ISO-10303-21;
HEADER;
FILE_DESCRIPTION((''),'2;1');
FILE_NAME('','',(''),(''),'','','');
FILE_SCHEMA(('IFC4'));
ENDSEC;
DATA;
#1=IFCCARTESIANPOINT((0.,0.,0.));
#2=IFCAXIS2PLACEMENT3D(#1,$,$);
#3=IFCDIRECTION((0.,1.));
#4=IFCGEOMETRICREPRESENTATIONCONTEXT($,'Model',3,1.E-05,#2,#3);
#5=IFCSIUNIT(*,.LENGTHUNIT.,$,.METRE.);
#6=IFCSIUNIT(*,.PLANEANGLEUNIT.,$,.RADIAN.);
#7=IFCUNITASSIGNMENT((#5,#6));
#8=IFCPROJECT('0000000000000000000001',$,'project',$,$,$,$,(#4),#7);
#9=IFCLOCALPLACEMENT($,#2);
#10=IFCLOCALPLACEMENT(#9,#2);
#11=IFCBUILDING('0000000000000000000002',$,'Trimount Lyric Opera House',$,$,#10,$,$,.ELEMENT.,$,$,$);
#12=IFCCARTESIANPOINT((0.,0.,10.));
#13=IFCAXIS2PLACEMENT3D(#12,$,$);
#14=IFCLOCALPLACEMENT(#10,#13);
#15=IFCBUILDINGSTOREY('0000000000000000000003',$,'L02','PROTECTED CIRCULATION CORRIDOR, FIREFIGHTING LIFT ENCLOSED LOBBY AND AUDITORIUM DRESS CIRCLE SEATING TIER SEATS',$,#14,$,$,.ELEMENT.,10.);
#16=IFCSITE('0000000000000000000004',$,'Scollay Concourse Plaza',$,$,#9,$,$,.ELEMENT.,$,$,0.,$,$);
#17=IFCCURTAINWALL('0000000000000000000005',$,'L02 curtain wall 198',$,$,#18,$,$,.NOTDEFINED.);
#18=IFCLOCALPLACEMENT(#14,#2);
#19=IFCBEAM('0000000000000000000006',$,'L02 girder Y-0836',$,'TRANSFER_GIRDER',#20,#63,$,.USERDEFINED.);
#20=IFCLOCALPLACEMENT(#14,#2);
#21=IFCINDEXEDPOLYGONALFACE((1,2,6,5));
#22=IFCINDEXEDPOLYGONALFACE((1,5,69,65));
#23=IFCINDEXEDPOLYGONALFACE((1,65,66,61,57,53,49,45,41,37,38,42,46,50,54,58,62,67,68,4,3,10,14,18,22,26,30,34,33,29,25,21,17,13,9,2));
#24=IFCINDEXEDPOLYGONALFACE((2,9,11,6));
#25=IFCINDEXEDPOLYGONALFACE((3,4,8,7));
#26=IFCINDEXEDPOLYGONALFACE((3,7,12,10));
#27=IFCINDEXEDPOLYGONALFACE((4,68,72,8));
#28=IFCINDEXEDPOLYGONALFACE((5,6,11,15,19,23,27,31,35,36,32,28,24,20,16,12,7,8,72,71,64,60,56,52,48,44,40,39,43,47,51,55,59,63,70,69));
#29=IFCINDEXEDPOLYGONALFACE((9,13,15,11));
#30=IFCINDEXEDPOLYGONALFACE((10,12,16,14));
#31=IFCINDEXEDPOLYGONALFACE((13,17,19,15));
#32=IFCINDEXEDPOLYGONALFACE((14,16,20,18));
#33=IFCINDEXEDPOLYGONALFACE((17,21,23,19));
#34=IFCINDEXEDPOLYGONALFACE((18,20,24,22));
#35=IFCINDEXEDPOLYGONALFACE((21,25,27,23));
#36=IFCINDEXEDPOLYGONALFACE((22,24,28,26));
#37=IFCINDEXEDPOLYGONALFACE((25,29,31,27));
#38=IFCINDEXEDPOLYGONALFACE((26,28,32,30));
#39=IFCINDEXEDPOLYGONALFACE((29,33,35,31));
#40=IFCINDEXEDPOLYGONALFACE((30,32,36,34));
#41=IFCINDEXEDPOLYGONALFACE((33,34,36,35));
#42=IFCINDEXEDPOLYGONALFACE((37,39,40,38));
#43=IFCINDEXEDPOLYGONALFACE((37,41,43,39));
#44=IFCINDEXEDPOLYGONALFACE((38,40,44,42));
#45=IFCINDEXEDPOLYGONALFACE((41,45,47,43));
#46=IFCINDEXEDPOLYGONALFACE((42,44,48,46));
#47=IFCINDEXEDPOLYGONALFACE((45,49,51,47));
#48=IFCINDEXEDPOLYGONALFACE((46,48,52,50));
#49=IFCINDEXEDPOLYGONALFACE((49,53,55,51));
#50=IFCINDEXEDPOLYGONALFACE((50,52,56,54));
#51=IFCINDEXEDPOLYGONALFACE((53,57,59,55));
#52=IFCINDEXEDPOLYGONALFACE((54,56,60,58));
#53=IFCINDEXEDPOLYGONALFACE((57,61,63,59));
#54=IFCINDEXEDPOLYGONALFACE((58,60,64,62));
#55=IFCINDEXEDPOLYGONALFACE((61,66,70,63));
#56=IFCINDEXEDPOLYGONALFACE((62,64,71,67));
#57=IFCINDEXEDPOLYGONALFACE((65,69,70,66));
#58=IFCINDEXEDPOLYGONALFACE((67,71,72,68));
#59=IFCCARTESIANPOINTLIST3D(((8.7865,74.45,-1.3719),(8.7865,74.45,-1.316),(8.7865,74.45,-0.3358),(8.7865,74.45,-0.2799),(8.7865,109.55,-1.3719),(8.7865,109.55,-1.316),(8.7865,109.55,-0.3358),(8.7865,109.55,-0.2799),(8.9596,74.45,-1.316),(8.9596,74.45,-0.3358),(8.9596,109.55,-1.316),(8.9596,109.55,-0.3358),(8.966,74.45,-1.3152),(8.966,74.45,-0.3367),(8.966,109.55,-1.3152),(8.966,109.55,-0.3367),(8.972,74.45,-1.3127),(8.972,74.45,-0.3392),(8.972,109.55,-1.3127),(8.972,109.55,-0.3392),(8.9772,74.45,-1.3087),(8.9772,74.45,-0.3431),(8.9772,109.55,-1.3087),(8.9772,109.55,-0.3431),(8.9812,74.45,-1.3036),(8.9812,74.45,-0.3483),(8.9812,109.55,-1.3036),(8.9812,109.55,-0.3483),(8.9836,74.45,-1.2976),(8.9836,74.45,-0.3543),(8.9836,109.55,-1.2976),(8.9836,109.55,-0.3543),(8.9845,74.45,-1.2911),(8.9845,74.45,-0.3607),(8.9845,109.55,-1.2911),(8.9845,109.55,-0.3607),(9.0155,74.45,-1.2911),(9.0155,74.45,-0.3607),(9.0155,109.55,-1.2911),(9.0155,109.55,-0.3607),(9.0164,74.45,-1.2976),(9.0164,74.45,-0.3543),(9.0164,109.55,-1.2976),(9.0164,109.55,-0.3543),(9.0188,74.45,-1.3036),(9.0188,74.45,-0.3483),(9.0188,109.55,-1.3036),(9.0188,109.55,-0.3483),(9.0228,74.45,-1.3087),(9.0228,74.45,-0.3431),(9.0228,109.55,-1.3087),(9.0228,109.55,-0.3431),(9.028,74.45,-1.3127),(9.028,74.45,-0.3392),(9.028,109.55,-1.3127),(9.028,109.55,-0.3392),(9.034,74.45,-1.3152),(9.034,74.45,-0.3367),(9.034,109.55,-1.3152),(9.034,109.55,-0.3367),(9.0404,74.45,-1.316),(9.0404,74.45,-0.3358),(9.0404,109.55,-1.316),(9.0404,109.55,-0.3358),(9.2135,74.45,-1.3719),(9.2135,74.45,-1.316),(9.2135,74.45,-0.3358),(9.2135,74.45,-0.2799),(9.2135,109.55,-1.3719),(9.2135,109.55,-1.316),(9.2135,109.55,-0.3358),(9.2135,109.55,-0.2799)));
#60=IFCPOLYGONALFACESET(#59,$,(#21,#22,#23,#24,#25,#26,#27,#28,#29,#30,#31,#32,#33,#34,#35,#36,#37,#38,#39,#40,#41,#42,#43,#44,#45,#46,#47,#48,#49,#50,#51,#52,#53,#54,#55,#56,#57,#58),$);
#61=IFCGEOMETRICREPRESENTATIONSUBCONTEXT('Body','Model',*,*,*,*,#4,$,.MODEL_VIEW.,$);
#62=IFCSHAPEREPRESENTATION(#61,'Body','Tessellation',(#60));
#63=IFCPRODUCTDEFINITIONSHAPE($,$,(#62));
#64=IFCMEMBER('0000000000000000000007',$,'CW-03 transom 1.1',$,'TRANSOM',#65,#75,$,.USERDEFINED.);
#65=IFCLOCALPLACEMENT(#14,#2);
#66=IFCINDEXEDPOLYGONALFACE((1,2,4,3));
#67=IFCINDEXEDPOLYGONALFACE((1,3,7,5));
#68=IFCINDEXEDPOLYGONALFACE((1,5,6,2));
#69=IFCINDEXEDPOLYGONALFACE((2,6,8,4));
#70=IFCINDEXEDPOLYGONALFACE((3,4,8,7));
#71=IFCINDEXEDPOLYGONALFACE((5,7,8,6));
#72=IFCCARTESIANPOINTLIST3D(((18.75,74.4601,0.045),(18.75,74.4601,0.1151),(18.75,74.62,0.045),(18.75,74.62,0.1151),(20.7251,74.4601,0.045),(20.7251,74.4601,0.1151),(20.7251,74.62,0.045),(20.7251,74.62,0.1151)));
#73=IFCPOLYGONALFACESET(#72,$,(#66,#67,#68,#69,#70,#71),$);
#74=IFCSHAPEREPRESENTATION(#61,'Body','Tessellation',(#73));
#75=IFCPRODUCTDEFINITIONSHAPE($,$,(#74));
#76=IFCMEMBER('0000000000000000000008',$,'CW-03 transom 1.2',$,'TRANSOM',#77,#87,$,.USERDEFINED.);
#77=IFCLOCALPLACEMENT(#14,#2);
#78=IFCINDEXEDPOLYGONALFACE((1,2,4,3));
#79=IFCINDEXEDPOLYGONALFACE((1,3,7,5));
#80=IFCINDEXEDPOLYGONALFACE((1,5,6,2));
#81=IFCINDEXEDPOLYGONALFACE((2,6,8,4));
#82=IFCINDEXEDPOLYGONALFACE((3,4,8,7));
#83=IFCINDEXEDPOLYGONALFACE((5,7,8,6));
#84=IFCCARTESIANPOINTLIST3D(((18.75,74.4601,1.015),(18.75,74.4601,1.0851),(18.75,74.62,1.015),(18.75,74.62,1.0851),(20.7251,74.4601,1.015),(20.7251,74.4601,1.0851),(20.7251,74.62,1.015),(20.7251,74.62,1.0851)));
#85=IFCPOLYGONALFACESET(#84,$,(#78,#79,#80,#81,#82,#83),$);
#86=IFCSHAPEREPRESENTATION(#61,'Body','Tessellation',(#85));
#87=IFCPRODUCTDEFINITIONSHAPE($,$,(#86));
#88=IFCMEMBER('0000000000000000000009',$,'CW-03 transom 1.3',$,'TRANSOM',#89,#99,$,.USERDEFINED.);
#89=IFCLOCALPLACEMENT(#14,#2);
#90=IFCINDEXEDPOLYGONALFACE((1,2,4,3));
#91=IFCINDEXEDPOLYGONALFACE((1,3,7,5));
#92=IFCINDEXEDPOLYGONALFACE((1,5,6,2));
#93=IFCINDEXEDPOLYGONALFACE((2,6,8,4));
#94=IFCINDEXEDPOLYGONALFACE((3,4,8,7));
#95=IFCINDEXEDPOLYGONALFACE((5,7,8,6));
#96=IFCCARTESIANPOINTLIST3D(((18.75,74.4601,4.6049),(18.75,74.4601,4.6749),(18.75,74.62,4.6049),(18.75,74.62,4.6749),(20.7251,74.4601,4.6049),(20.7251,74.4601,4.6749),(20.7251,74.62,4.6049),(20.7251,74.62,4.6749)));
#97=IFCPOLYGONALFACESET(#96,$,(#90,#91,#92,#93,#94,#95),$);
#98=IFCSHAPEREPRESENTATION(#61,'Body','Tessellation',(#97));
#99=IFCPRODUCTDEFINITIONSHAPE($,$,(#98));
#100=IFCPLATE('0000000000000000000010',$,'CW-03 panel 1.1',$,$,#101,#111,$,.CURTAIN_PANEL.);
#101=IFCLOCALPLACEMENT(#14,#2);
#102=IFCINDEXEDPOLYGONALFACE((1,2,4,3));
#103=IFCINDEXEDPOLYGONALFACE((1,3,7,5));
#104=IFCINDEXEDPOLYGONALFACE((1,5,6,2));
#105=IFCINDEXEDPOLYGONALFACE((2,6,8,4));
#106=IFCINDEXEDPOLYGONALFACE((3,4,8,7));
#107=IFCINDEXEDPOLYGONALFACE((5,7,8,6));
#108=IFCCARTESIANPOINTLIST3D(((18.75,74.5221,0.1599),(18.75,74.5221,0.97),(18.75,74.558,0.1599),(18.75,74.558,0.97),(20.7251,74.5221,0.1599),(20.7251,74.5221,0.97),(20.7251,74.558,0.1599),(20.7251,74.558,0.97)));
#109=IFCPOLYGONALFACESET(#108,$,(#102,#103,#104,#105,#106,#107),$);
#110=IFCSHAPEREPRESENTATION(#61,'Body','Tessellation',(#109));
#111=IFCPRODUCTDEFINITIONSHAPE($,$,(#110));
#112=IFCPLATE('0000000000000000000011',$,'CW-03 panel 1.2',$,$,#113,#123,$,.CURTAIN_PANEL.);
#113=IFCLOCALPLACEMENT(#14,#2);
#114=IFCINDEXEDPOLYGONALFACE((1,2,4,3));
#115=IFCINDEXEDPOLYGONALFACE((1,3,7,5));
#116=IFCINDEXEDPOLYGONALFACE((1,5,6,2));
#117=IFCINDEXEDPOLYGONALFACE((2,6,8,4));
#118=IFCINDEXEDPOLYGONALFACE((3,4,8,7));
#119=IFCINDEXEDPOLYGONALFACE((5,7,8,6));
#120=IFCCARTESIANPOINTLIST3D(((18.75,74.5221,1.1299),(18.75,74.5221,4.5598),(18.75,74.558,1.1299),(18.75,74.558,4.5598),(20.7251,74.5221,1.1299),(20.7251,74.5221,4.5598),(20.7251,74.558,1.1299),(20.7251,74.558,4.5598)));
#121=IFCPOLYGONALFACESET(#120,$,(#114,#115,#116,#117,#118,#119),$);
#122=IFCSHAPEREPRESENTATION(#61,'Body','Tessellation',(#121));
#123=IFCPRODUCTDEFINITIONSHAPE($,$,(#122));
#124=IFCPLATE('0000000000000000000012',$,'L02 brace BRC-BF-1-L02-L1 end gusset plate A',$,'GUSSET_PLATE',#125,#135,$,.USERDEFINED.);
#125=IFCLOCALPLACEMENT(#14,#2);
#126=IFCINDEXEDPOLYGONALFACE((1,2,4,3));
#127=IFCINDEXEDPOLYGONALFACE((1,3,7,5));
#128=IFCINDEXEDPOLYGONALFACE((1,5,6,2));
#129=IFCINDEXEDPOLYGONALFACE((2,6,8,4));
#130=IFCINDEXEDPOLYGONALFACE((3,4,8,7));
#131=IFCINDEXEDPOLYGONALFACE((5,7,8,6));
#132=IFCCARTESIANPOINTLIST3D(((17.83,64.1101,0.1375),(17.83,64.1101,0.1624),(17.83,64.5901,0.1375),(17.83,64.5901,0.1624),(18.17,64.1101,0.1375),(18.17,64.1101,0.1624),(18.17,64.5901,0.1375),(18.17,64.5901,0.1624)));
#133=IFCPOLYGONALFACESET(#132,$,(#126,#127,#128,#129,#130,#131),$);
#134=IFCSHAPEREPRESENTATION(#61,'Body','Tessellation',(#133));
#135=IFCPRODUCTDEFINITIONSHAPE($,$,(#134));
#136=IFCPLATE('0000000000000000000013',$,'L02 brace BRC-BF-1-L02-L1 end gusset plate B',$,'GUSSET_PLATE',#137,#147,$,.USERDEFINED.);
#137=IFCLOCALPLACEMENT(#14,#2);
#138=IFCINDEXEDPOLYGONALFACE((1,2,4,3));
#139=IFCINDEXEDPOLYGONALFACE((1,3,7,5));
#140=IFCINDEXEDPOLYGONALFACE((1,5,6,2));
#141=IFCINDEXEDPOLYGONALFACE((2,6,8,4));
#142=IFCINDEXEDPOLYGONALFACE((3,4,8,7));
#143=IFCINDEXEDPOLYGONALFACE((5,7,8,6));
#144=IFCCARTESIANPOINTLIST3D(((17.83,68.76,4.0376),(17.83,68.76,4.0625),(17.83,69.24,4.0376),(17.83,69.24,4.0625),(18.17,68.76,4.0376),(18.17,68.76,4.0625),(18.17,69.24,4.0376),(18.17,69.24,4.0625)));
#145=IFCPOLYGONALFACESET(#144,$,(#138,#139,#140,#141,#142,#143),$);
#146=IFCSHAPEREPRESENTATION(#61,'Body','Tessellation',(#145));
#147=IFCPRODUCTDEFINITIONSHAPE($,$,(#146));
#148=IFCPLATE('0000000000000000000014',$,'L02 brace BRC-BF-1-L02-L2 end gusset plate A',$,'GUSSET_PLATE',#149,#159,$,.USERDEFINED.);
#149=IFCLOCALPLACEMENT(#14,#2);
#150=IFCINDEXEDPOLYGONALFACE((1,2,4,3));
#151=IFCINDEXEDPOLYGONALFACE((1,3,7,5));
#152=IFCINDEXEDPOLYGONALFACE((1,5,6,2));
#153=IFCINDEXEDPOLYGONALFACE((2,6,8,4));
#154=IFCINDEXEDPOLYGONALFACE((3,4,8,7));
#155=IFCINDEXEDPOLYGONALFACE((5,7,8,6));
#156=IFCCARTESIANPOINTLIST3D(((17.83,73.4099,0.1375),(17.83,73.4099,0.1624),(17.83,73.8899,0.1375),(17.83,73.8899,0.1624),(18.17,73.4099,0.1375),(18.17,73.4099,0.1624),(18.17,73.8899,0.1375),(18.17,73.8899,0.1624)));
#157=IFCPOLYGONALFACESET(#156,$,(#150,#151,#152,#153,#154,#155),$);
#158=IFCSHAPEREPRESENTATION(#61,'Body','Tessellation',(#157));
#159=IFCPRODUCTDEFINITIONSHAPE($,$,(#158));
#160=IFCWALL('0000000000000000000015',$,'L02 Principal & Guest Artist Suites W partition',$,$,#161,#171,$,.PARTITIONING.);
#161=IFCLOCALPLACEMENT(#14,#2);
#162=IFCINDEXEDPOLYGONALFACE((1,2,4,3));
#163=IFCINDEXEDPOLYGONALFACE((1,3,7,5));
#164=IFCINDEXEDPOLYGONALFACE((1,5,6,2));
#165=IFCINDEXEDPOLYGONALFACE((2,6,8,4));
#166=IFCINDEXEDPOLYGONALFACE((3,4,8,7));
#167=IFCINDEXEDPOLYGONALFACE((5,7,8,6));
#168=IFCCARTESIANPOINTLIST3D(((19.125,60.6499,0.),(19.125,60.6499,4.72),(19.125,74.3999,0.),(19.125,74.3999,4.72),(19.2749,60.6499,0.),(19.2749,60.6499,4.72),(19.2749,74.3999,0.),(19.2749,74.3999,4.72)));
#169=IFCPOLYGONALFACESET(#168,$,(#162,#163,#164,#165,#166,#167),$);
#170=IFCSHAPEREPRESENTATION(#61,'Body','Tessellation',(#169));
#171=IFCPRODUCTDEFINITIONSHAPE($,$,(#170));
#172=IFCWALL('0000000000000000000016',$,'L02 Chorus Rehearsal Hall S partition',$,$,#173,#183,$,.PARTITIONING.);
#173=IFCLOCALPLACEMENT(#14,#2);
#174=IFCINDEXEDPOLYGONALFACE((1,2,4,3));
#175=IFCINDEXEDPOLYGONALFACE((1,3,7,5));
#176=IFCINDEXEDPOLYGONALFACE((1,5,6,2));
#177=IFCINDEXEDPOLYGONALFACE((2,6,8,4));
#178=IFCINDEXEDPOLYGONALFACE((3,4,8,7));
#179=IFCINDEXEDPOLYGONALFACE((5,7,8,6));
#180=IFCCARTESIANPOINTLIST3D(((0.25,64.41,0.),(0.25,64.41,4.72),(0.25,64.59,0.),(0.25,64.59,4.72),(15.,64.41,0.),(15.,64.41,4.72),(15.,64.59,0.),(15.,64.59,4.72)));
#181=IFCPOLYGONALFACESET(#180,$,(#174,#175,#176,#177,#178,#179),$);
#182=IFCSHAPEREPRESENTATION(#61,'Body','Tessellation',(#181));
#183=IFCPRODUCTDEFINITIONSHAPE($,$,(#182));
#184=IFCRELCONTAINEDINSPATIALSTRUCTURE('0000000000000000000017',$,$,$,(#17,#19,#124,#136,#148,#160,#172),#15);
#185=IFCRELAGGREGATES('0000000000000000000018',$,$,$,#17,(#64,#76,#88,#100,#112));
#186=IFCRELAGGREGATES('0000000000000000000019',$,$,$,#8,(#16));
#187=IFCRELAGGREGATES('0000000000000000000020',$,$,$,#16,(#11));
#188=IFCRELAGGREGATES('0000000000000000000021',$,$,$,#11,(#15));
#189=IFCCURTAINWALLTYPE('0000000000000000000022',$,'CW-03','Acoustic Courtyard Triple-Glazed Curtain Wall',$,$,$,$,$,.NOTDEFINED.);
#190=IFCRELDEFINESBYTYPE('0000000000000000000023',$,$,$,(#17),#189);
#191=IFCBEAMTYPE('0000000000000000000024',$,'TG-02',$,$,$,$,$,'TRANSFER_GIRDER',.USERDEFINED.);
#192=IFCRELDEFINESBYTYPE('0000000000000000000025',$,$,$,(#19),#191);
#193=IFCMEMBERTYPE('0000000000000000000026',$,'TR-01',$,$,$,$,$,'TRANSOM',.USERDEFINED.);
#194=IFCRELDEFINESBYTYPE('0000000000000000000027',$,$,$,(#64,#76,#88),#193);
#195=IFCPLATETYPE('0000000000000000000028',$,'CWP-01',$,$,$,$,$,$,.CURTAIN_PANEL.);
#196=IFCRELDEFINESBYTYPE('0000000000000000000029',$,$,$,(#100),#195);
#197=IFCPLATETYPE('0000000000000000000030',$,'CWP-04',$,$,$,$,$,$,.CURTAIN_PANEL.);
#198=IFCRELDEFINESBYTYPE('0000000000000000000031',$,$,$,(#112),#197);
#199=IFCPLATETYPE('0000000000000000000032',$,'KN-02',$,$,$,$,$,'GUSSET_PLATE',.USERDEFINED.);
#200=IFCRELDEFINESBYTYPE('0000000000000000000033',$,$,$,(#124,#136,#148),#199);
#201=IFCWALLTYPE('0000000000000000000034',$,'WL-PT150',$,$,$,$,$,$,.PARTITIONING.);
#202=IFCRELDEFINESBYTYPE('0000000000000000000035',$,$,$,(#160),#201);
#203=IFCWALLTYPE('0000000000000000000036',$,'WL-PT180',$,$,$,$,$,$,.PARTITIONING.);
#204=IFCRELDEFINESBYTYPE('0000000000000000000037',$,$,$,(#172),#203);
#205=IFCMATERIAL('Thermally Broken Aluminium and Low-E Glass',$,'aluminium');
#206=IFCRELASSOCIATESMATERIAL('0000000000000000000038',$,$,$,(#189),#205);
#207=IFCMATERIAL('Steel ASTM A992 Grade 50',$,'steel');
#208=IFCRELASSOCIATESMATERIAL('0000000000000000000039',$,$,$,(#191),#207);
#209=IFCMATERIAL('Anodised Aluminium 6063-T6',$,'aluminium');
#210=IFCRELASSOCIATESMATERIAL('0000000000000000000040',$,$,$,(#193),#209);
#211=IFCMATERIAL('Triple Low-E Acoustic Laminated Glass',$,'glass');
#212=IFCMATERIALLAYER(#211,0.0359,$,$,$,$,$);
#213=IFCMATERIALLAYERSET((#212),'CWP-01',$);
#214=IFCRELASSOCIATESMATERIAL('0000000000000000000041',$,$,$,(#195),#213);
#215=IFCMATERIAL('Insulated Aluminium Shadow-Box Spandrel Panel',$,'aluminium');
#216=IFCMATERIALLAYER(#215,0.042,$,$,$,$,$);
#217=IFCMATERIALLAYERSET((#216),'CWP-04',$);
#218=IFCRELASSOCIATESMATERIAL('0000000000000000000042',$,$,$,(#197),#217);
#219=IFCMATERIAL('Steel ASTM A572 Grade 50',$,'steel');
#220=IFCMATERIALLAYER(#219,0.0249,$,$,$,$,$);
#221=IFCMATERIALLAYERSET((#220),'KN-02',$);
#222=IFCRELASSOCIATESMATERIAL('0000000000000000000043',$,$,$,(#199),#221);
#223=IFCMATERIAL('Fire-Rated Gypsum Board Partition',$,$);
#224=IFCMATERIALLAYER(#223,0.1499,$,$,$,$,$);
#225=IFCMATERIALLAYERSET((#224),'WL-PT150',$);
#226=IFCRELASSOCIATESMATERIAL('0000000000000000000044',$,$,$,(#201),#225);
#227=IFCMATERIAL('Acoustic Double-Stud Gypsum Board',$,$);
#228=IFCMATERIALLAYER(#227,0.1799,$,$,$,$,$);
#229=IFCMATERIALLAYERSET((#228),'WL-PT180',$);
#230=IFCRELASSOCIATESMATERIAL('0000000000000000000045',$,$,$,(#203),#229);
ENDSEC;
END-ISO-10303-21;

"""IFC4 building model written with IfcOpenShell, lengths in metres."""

from ifc_helpers import new_model, si_unit, direction, frame, frame_2d, origin, origin_2d, place, context, subcontext, project, spatial, rectangle, i_section, extrude, material, layer, layer_set, material_profile, profile_set, type_object, element, aggregate, save


model = new_model("IFC4")

# Units and contexts
model_context = context("Model", 3, precision=1e-05, world=origin(), true_north=direction((0.0, 1.0)))
body_context = subcontext(model_context, "Body", "Model", "MODEL_VIEW")
ifc_project = project(units=[si_unit("LENGTHUNIT", "METRE"), si_unit("PLANEANGLEUNIT", "RADIAN")], contexts=[model_context])

# Site, building, storey
site_placement = place(None, origin())
site = spatial("IfcSite", under=ifc_project, at=site_placement, Name="Scollay Concourse Plaza", CompositionType="ELEMENT", RefElevation=0.0)
building_placement = place(site_placement, origin())
building = spatial("IfcBuilding", under=site, at=building_placement, Name="Trimount Lyric Opera House", CompositionType="ELEMENT")
storey_placement = place(building_placement, frame((0.0, 0.0, 10.0)))
storey = spatial("IfcBuildingStorey", under=building, at=storey_placement, Name="L02", Description="PROTECTED CIRCULATION CORRIDOR, FIREFIGHTING LIFT ENCLOSED LOBBY AND AUDITORIUM DRESS CIRCLE SEATING TIER SEATS", CompositionType="ELEMENT", Elevation=10.0)

# Curtain wall
ifc_material_1 = material(Name="Thermally Broken Aluminium and Low-E Glass", Category="aluminium")
curtain_wall_type = type_object("IfcCurtainWallType", Name="CW-03", Description="Acoustic Courtyard Triple-Glazed Curtain Wall", PredefinedType="NOTDEFINED", material=ifc_material_1)
curtain_wall_placement = place(storey_placement, origin())
curtain_wall = element("IfcCurtainWall", 1, at=curtain_wall_placement, inside=storey, type_object=curtain_wall_type, Name="L02 curtain wall 198", PredefinedType="NOTDEFINED")

# Beam
ifc_material_2 = material(Name="Steel ASTM A992 Grade 50", Category="steel")
ifc_material_profile_1 = material_profile(ifc_material_2, i_section(OverallWidth=0.427, OverallDepth=1.092, WebThickness=0.031, FlangeThickness=0.0559, FilletRadius=0.0249, at=origin_2d()), Name="W40X397")
ifc_profile_set_1 = profile_set([ifc_material_profile_1], Name="Steel ASTM A992 Grade 50")
beam_type_1 = type_object("IfcBeamType", Name="TG-02", ElementType="TRANSFER_GIRDER", PredefinedType="USERDEFINED", material=ifc_profile_set_1)
beam_1_placement = place(storey_placement, frame((9.0, 74.45, -0.8259), z_axis=(0.0, 1.0, 0.0), x_axis=(-1.0, 0.0, 0.0)))
element("IfcBeam", 2, at=beam_1_placement, inside=storey, type_object=beam_type_1, Name="L02 girder Y-0836", ObjectType="TRANSFER_GIRDER", PredefinedType="USERDEFINED", context=body_context, shape_type="SweptSolid", body=[
    extrude(i_section(OverallWidth=0.427, OverallDepth=1.092, WebThickness=0.031, FlangeThickness=0.0559, FilletRadius=0.0249, at=origin_2d()), origin(), (0.0, 0.0, 1.0), 35.1001),
])

# Members
ifc_material_3 = material(Name="Anodised Aluminium 6063-T6", Category="aluminium")
ifc_material_profile_2 = material_profile(ifc_material_3, rectangle(XDim=0.1599, YDim=0.0701, at=origin_2d()), Name="ALU-TRAN-70X160")
ifc_profile_set_2 = profile_set([ifc_material_profile_2], Name="Anodised Aluminium 6063-T6")
member_type_1 = type_object("IfcMemberType", Name="TR-01", ElementType="TRANSOM", PredefinedType="USERDEFINED", material=ifc_profile_set_2)
member_1_placement = place(storey_placement, frame((18.75, 74.54, 0.0801), z_axis=(1.0, 0.0, 0.0), x_axis=(0.0, 1.0, 0.0)))
member_1 = element("IfcMember", 3, at=member_1_placement, type_object=member_type_1, Name="CW-03 transom 1.1", ObjectType="TRANSOM", PredefinedType="USERDEFINED", context=body_context, shape_type="SweptSolid", body=[
    extrude(rectangle(XDim=0.1599, YDim=0.0701, at=origin_2d()), origin(), (0.0, 0.0, 1.0), 1.9751),
])
member_2_placement = place(storey_placement, frame((18.75, 74.54, 1.05), z_axis=(1.0, 0.0, 0.0), x_axis=(0.0, 1.0, 0.0)))
member_2 = element("IfcMember", 4, at=member_2_placement, type_object=member_type_1, Name="CW-03 transom 1.2", ObjectType="TRANSOM", PredefinedType="USERDEFINED", context=body_context, shape_type="SweptSolid", body=[
    extrude(rectangle(XDim=0.1599, YDim=0.0701, at=origin_2d()), origin(), (0.0, 0.0, 1.0), 1.9751),
])
member_3_placement = place(storey_placement, frame((18.75, 74.54, 4.6399), z_axis=(1.0, 0.0, 0.0), x_axis=(0.0, 1.0, 0.0)))
member_3 = element("IfcMember", 5, at=member_3_placement, type_object=member_type_1, Name="CW-03 transom 1.3", ObjectType="TRANSOM", PredefinedType="USERDEFINED", context=body_context, shape_type="SweptSolid", body=[
    extrude(rectangle(XDim=0.1599, YDim=0.0701, at=origin_2d()), origin(), (0.0, 0.0, 1.0), 1.9751),
])

# Plates
ifc_material_4 = material(Name="Triple Low-E Acoustic Laminated Glass", Category="glass")
ifc_layer_1 = layer(ifc_material_4, 0.0359)
ifc_layer_set_1 = layer_set([ifc_layer_1], Name="CWP-01")
plate_type_1 = type_object("IfcPlateType", Name="CWP-01", PredefinedType="CURTAIN_PANEL", material=ifc_layer_set_1)
plate_1_placement = place(storey_placement, frame((19.7375, 74.54, 0.1599), z_axis=(0.0, 0.0, 1.0), x_axis=(1.0, 0.0, 0.0)))
plate_1 = element("IfcPlate", 6, at=plate_1_placement, type_object=plate_type_1, Name="CW-03 panel 1.1", PredefinedType="CURTAIN_PANEL", context=body_context, shape_type="SweptSolid", body=[
    extrude(rectangle(XDim=1.9751, YDim=0.0359, at=origin_2d()), origin(), (0.0, 0.0, 1.0), 0.8101),
])
ifc_material_5 = material(Name="Insulated Aluminium Shadow-Box Spandrel Panel", Category="aluminium")
ifc_layer_2 = layer(ifc_material_5, 0.042)
ifc_layer_set_2 = layer_set([ifc_layer_2], Name="CWP-04")
plate_type_2 = type_object("IfcPlateType", Name="CWP-04", PredefinedType="CURTAIN_PANEL", material=ifc_layer_set_2)
plate_2_placement = place(storey_placement, frame((19.7375, 74.54, 1.1299), z_axis=(0.0, 0.0, 1.0), x_axis=(1.0, 0.0, 0.0)))
plate_2 = element("IfcPlate", 7, at=plate_2_placement, type_object=plate_type_2, Name="CW-03 panel 1.2", PredefinedType="CURTAIN_PANEL", context=body_context, shape_type="SweptSolid", body=[
    extrude(rectangle(XDim=1.9751, YDim=0.0359, at=origin_2d()), origin(), (0.0, 0.0, 1.0), 3.4299),
])
aggregate(curtain_wall, [member_1, member_2, member_3, plate_1, plate_2])

# Plates
ifc_material_6 = material(Name="Steel ASTM A572 Grade 50", Category="steel")
ifc_layer_3 = layer(ifc_material_6, 0.0249)
ifc_layer_set_3 = layer_set([ifc_layer_3], Name="KN-02")
plate_type_3 = type_object("IfcPlateType", Name="KN-02", ElementType="GUSSET_PLATE", PredefinedType="USERDEFINED", material=ifc_layer_set_3)
for number, where, z_axis, x_axis, name in (
    (8, (18.0, 64.3501, 0.1375), (0.0, 0.0, 1.0), (0.0, 1.0, 0.0), "L02 brace BRC-BF-1-L02-L1 end gusset plate A"),
    (9, (18.0, 69.0, 4.0376), (0.0, 0.0, 1.0), (0.0, 1.0, 0.0), "L02 brace BRC-BF-1-L02-L1 end gusset plate B"),
    (10, (18.0, 73.6499, 0.1375), (0.0, 0.0, 1.0), (0.0, -1.0, 0.0), "L02 brace BRC-BF-1-L02-L2 end gusset plate A"),
):
    element("IfcPlate", number, at=place(storey_placement, frame(where, z_axis=z_axis, x_axis=x_axis)), inside=storey, type_object=plate_type_3, Name=name, ObjectType="GUSSET_PLATE", PredefinedType="USERDEFINED", context=body_context, shape_type="SweptSolid", body=[
        extrude(rectangle(XDim=0.48, YDim=0.3401, at=origin_2d()), origin(), (0.0, 0.0, 1.0), 0.0249),
    ])

# Walls
ifc_material_7 = material(Name="Fire-Rated Gypsum Board Partition")
ifc_layer_4 = layer(ifc_material_7, 0.1499)
ifc_layer_set_4 = layer_set([ifc_layer_4], Name="WL-PT150")
wall_type_1 = type_object("IfcWallType", Name="WL-PT150", PredefinedType="PARTITIONING", material=ifc_layer_set_4)
wall_1_placement = place(storey_placement, frame((19.2, 74.3999, 0.0), z_axis=(0.0, 0.0, 1.0), x_axis=(0.0, -1.0, 0.0)))
element("IfcWall", 11, at=wall_1_placement, inside=storey, type_object=wall_type_1, Name="L02 Principal & Guest Artist Suites W partition", PredefinedType="PARTITIONING", context=body_context, shape_type="SweptSolid", body=[
    extrude(rectangle(XDim=13.75, YDim=0.1499, at=frame_2d((6.875, 0.0))), origin(), (0.0, 0.0, 1.0), 4.72),
])
ifc_material_8 = material(Name="Acoustic Double-Stud Gypsum Board")
ifc_layer_5 = layer(ifc_material_8, 0.1799)
ifc_layer_set_5 = layer_set([ifc_layer_5], Name="WL-PT180")
wall_type_2 = type_object("IfcWallType", Name="WL-PT180", PredefinedType="PARTITIONING", material=ifc_layer_set_5)
wall_2_placement = place(storey_placement, frame((0.25, 64.5, 0.0), z_axis=(0.0, 0.0, 1.0), x_axis=(1.0, 0.0, 0.0)))
element("IfcWall", 12, at=wall_2_placement, inside=storey, type_object=wall_type_2, Name="L02 Chorus Rehearsal Hall S partition", PredefinedType="PARTITIONING", context=body_context, shape_type="SweptSolid", body=[
    extrude(rectangle(XDim=14.75, YDim=0.1799, at=frame_2d((7.375, 0.0))), origin(), (0.0, 0.0, 1.0), 4.72),
])

save(model, "model.ifc")
